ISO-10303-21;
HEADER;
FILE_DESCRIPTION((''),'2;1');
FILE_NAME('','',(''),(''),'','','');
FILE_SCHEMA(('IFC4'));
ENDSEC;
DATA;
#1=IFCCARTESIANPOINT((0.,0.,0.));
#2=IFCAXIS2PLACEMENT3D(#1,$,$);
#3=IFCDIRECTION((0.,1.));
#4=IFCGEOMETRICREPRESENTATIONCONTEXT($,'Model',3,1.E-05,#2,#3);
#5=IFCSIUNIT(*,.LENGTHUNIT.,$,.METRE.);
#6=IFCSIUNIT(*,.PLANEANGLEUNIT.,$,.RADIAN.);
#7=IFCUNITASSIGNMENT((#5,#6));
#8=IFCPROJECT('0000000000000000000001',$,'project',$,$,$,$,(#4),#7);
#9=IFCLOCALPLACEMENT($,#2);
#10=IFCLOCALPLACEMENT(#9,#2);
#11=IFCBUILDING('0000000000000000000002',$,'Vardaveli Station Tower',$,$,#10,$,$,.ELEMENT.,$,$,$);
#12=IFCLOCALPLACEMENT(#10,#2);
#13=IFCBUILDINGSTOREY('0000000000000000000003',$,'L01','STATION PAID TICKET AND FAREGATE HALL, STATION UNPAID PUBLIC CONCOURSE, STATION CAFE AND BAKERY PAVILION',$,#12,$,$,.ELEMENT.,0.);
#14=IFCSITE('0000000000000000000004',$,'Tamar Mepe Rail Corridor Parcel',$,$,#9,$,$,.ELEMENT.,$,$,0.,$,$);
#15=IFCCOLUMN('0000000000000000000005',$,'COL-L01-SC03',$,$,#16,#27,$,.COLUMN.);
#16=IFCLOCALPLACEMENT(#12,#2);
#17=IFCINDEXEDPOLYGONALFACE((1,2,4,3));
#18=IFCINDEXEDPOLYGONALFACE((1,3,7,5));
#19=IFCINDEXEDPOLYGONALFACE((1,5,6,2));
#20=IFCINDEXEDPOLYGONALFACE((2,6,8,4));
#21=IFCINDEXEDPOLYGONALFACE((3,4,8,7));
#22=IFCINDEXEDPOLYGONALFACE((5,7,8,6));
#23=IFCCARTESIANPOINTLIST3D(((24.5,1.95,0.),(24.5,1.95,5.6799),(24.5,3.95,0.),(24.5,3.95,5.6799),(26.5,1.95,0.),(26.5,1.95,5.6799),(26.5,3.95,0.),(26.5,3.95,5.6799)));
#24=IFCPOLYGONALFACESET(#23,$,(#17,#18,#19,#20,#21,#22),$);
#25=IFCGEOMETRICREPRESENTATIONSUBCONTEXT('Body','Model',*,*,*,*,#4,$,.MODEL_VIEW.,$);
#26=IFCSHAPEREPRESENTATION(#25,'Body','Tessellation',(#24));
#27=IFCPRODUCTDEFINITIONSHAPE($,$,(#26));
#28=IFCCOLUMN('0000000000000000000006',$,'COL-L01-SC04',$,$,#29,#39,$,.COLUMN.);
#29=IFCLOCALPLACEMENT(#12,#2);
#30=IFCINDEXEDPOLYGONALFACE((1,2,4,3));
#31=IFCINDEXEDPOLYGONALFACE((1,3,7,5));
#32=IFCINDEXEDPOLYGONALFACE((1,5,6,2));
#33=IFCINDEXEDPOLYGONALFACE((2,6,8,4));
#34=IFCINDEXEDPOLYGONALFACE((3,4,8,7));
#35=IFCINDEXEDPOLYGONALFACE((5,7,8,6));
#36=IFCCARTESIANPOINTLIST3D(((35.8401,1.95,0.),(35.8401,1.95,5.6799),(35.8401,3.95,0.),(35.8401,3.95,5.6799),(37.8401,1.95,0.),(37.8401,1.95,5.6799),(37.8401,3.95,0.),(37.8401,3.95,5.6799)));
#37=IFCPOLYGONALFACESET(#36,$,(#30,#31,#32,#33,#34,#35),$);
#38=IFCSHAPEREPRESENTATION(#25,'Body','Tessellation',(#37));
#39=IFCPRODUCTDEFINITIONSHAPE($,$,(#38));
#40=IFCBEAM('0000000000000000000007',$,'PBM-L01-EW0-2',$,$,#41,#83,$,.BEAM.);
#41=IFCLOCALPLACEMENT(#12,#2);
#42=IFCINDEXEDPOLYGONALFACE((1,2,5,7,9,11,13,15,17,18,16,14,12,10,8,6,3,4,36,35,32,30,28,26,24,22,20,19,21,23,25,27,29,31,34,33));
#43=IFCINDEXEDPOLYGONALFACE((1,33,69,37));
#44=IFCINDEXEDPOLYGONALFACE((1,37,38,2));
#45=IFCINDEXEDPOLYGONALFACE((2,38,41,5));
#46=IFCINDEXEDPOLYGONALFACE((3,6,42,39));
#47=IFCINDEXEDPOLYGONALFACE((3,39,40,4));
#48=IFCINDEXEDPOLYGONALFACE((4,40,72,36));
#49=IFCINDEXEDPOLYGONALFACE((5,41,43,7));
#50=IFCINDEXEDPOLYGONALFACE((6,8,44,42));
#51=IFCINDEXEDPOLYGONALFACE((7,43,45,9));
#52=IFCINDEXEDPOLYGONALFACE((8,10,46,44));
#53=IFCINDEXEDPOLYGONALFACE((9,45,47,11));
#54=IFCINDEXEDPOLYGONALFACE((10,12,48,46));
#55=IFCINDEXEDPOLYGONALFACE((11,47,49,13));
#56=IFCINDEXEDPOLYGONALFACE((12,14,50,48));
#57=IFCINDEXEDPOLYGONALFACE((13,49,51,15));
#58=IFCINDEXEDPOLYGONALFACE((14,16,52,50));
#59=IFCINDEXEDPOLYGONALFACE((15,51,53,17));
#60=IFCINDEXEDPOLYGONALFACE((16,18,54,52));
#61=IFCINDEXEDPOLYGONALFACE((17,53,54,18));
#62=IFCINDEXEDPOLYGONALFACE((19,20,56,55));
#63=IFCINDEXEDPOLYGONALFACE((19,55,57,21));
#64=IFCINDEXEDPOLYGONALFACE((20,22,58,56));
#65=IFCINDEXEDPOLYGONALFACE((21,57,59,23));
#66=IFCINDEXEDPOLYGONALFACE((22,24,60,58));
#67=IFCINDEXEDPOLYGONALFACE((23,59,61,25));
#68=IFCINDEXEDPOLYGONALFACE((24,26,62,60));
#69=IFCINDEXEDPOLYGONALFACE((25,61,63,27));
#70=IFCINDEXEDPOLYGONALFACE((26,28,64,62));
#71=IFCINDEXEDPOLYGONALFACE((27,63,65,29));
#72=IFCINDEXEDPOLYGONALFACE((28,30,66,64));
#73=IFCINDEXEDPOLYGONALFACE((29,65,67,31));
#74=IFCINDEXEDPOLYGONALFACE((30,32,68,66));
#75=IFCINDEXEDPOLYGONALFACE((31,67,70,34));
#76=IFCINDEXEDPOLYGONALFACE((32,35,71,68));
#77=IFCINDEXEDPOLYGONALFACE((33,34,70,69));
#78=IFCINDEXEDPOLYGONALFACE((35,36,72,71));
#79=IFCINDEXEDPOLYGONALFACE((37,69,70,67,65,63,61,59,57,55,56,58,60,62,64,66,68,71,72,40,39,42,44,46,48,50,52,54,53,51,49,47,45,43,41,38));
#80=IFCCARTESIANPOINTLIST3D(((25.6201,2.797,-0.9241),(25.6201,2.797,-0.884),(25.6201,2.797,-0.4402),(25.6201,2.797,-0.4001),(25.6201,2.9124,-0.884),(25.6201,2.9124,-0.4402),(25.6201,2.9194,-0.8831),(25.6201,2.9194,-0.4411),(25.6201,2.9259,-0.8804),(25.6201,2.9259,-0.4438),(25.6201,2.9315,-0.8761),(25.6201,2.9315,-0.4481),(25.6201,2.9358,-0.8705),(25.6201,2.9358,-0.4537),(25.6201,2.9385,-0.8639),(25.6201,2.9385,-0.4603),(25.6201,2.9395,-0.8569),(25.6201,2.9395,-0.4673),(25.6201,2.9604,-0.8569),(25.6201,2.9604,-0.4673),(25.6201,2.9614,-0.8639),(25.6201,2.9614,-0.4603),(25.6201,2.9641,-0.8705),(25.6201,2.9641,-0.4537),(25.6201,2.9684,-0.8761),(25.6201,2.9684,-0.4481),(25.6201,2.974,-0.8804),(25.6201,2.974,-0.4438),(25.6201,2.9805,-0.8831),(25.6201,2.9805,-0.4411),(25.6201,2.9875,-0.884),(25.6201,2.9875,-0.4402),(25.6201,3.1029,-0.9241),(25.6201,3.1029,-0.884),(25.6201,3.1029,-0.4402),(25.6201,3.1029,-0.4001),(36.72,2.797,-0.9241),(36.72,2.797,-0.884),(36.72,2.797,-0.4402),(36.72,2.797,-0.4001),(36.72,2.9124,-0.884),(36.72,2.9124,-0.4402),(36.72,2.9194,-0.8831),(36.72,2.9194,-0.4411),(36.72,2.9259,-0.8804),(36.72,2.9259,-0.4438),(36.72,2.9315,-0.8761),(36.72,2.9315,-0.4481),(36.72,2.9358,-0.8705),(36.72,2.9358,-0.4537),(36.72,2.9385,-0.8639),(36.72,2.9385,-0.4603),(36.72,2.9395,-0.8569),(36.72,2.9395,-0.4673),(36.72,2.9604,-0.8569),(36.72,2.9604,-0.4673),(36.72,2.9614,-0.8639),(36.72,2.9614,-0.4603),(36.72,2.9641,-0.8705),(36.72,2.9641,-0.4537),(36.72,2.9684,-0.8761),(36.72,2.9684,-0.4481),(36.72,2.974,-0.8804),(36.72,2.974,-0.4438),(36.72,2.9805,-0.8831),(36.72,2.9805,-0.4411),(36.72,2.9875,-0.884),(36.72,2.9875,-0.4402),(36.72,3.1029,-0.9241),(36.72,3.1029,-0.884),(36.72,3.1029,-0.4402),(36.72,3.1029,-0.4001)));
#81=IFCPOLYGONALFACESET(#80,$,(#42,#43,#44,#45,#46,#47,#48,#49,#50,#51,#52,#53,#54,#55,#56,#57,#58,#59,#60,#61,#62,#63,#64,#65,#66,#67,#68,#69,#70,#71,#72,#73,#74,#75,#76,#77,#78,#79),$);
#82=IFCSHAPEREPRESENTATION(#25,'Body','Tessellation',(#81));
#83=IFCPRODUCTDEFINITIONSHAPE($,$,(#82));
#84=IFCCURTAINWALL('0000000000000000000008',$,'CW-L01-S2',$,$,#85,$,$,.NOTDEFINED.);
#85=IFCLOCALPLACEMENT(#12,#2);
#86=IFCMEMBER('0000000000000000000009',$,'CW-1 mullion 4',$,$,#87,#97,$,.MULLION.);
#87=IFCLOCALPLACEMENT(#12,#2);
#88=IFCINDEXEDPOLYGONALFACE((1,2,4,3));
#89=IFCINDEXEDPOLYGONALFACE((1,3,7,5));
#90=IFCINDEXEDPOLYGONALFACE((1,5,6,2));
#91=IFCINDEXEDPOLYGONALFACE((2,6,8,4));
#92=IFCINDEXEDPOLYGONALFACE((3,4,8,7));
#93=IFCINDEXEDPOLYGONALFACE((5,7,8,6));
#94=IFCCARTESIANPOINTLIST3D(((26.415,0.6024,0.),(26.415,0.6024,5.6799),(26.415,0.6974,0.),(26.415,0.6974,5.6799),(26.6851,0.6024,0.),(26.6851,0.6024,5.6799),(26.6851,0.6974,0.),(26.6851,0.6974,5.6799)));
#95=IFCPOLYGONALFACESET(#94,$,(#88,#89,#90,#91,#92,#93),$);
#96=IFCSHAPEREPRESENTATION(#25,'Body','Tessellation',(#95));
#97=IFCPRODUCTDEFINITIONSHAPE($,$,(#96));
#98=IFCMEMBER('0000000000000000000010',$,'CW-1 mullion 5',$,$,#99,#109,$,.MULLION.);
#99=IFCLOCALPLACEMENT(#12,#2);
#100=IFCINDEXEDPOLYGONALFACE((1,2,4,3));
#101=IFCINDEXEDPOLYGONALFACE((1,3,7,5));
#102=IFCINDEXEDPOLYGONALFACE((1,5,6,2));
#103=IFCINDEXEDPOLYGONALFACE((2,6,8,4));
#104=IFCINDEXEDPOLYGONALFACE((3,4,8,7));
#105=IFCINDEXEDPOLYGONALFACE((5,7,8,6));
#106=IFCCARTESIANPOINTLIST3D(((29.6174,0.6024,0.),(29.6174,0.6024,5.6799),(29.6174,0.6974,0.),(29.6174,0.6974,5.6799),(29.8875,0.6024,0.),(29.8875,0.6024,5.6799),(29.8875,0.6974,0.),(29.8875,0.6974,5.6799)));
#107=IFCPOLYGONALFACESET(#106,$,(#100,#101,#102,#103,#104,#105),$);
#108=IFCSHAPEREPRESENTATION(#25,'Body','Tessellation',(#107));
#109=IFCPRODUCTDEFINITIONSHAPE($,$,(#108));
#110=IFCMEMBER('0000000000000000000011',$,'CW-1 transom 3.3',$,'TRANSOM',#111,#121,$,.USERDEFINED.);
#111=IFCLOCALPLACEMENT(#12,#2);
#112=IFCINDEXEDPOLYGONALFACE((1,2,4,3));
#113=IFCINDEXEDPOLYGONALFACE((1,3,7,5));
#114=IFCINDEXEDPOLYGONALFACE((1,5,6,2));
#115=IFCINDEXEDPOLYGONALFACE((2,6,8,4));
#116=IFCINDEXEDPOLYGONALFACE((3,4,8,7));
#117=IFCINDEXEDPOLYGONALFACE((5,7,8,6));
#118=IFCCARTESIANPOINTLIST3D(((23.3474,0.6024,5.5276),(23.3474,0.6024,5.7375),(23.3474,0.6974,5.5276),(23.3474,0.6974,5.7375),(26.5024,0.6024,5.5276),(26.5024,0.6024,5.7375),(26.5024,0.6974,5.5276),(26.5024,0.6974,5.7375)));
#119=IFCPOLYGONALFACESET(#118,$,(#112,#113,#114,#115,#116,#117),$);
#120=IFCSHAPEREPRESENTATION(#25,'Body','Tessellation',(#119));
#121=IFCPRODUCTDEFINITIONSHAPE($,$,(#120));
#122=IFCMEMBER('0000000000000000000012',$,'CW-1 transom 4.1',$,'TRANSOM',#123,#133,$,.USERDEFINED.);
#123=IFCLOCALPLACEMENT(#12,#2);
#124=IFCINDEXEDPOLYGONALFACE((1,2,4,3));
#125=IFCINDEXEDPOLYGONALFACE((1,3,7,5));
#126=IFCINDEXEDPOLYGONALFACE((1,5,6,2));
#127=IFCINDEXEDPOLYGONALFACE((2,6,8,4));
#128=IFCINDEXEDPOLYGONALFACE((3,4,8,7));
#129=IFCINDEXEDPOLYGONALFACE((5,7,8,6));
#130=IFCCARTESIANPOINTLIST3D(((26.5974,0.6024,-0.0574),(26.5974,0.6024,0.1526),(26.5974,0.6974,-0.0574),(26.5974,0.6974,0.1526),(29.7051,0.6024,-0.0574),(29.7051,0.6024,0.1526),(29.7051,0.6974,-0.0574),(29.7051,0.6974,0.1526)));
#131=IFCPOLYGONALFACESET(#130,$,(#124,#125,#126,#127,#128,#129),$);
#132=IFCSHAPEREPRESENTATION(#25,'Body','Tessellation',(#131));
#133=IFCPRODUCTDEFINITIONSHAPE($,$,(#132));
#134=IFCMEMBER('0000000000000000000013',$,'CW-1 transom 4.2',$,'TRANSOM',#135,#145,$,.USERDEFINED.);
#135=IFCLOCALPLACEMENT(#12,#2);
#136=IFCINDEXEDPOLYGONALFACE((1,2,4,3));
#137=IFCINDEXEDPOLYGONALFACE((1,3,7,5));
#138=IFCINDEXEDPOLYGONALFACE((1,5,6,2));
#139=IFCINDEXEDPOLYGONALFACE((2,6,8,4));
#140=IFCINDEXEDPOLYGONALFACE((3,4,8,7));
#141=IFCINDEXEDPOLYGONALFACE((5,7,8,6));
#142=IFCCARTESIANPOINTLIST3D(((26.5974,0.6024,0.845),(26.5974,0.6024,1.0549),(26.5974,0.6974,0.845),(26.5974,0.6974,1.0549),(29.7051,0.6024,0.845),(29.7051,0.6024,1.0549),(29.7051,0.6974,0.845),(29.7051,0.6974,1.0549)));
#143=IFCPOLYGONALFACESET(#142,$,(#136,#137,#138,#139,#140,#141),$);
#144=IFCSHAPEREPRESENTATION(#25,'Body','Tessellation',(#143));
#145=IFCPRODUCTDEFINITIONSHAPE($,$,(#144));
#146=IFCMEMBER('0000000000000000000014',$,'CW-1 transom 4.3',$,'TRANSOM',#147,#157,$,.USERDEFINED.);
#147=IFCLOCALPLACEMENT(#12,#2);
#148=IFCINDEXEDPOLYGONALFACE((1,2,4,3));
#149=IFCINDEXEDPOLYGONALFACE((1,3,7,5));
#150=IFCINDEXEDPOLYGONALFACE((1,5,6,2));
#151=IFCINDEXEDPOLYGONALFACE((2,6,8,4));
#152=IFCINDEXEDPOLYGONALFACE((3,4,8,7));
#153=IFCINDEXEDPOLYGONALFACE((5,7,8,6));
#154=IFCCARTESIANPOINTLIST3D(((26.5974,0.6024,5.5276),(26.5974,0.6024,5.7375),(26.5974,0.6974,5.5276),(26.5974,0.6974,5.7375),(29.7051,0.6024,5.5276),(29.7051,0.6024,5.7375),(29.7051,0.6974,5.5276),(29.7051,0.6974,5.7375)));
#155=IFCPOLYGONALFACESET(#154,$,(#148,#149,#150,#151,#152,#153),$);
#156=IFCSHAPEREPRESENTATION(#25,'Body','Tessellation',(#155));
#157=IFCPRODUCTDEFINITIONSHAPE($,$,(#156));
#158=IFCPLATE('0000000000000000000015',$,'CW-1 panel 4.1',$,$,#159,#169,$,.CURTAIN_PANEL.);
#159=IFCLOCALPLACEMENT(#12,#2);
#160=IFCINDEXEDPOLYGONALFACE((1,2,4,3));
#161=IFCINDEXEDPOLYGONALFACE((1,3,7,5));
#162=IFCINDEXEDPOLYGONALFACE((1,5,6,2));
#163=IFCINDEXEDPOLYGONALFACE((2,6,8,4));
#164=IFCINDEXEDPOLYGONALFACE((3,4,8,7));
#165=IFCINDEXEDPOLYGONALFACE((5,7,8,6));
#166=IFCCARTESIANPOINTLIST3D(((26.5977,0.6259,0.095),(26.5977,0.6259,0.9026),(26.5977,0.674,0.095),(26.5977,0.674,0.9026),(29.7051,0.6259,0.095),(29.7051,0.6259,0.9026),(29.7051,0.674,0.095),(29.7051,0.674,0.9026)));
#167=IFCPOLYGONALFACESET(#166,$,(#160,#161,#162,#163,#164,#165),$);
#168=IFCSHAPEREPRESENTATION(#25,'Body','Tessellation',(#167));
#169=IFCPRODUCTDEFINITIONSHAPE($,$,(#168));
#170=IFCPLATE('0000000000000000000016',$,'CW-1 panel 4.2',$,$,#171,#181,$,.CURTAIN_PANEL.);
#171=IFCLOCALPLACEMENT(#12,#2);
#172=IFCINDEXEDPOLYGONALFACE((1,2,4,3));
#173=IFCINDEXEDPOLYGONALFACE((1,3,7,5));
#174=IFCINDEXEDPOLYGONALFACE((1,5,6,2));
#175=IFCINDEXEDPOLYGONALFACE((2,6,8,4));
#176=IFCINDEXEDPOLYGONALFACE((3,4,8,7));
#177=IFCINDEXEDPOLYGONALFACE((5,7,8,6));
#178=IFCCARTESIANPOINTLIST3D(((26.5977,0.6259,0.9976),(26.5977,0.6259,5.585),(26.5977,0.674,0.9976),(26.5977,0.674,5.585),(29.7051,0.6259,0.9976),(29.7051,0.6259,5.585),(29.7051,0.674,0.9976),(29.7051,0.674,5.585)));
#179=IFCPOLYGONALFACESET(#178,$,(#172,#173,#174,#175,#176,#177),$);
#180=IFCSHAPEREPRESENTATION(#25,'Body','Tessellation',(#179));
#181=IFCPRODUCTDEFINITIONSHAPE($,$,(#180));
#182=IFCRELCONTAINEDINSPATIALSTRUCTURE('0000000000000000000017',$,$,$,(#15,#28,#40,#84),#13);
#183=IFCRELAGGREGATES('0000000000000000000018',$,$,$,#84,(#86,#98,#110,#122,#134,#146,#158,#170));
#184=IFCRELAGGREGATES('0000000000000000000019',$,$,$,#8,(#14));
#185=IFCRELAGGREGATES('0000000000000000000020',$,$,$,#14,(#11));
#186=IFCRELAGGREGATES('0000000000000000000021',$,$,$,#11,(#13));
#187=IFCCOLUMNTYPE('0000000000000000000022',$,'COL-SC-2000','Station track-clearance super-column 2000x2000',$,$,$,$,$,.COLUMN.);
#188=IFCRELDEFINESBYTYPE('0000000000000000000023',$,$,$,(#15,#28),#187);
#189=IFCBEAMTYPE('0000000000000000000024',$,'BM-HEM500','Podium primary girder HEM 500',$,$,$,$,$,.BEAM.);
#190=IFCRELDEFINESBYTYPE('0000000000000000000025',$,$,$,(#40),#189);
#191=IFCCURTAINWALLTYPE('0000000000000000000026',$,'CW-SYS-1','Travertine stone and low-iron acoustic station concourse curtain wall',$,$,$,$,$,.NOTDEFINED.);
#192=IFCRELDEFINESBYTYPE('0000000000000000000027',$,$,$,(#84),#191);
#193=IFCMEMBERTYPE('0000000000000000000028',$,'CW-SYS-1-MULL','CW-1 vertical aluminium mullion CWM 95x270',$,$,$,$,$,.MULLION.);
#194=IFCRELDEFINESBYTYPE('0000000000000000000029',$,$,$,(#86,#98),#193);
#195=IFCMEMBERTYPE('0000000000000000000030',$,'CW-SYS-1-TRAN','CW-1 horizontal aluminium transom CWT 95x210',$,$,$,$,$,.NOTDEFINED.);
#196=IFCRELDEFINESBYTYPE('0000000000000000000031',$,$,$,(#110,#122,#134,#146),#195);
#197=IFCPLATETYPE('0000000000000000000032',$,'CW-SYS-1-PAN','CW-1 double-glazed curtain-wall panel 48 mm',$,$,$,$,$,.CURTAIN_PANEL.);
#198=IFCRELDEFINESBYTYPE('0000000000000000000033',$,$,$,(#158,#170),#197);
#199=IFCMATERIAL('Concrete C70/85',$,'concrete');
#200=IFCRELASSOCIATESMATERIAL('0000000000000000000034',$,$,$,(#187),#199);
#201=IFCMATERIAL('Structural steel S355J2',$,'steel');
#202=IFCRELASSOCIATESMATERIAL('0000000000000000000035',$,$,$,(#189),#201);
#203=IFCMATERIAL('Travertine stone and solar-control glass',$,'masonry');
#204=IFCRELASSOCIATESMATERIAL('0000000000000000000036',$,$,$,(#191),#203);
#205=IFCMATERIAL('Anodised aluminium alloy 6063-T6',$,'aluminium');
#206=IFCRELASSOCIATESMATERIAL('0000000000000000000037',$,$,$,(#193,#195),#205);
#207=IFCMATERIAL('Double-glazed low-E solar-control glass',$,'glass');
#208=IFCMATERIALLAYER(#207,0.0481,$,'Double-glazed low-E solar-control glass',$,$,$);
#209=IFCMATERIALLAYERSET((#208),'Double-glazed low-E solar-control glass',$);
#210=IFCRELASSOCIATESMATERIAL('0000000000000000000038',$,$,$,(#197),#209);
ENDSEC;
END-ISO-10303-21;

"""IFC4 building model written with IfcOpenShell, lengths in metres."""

from ifc_helpers import new_model, si_unit, direction, frame, origin, origin_2d, place, context, subcontext, project, spatial, rectangle, i_section, extrude, source, transform, mapped, material, layer, layer_set, material_profile, profile_set, type_object, element, aggregate, save


model = new_model("IFC4")

# Units and contexts
model_context = context("Model", 3, precision=1e-05, world=origin(), true_north=direction((0.0, 1.0)))
body_context = subcontext(model_context, "Body", "Model", "MODEL_VIEW")
ifc_project = project(units=[si_unit("LENGTHUNIT", "METRE"), si_unit("PLANEANGLEUNIT", "RADIAN")], contexts=[model_context])

# Site, building, storey
site_placement = place(None, origin())
site = spatial("IfcSite", under=ifc_project, at=site_placement, Name="Tamar Mepe Rail Corridor Parcel", CompositionType="ELEMENT", RefElevation=0.0)
building_placement = place(site_placement, origin())
building = spatial("IfcBuilding", under=site, at=building_placement, Name="Vardaveli Station Tower", CompositionType="ELEMENT")
storey_placement = place(building_placement, origin())
storey = spatial("IfcBuildingStorey", under=building, at=storey_placement, Name="L01", Description="STATION PAID TICKET AND FAREGATE HALL, STATION UNPAID PUBLIC CONCOURSE, STATION CAFE AND BAKERY PAVILION", CompositionType="ELEMENT", Elevation=0.0)

# Columns
ifc_material_1 = material(Name="Concrete C70/85", Category="concrete")
ifc_material_profile_1 = material_profile(ifc_material_1, rectangle(XDim=2.0, YDim=2.0, at=origin_2d()), Name="SC 2000x2000")
ifc_profile_set_1 = profile_set([ifc_material_profile_1], Name="Concrete C70/85")
column_type = type_object("IfcColumnType", Name="COL-SC-2000", Description="Station track-clearance super-column 2000x2000", PredefinedType="COLUMN", material=ifc_profile_set_1)
shared_shape_1 = source(origin(), body_context, "Body", "SweptSolid", [
    extrude(rectangle(XDim=2.0, YDim=2.0, at=origin_2d()), origin(), (0.0, 0.0, 1.0), 5.6799),
])
for number, where, z_axis, x_axis, name in (
    (1, (25.5, 2.95, 0.0), (0.0, 0.0, 1.0), (1.0, 0.0, 0.0), "COL-L01-SC03"),
    (2, (36.8401, 2.95, 0.0), (0.0, 0.0, 1.0), (1.0, 0.0, 0.0), "COL-L01-SC04"),
):
    element("IfcColumn", number, at=place(storey_placement, frame(where, z_axis=z_axis, x_axis=x_axis)), inside=storey, type_object=column_type, Name=name, PredefinedType="COLUMN", context=body_context, shape_type="MappedRepresentation", body=[
        mapped(shared_shape_1, transform((0.0, 0.0, 0.0), scale=1.0)),
    ])

# Beam
ifc_material_2 = material(Name="Structural steel S355J2", Category="steel")
ifc_material_profile_2 = material_profile(ifc_material_2, i_section(OverallWidth=0.3059, OverallDepth=0.5239, WebThickness=0.021, FlangeThickness=0.04, FilletRadius=0.0271, at=origin_2d()), Name="HEM 500")
ifc_profile_set_2 = profile_set([ifc_material_profile_2], Name="Structural steel S355J2")
beam_type = type_object("IfcBeamType", Name="BM-HEM500", Description="Podium primary girder HEM 500", PredefinedType="BEAM", material=ifc_profile_set_2)
shared_shape_2 = source(origin(), body_context, "Body", "SweptSolid", [
    extrude(i_section(OverallWidth=0.3059, OverallDepth=0.5239, WebThickness=0.021, FlangeThickness=0.04, FilletRadius=0.0271, at=origin_2d()), origin(), (0.0, 0.0, 1.0), 11.0999),
])
beam_placement = place(storey_placement, frame((25.6201, 2.95, -0.6621), z_axis=(1.0, 0.0, 0.0), x_axis=(0.0, 1.0, 0.0)))
element("IfcBeam", 3, at=beam_placement, inside=storey, type_object=beam_type, Name="PBM-L01-EW0-2", PredefinedType="BEAM", context=body_context, shape_type="MappedRepresentation", body=[
    mapped(shared_shape_2, transform((0.0, 0.0, 0.0), scale=1.0)),
])

# Curtain wall, members, plates
ifc_material_3 = material(Name="Travertine stone and solar-control glass", Category="masonry")
curtain_wall_type = type_object("IfcCurtainWallType", Name="CW-SYS-1", Description="Travertine stone and low-iron acoustic station concourse curtain wall", PredefinedType="NOTDEFINED", material=ifc_material_3)
curtain_wall_placement = place(storey_placement, origin())
curtain_wall = element("IfcCurtainWall", 4, at=curtain_wall_placement, inside=storey, type_object=curtain_wall_type, Name="CW-L01-S2", PredefinedType="NOTDEFINED")
ifc_material_4 = material(Name="Anodised aluminium alloy 6063-T6", Category="aluminium")
ifc_material_profile_3 = material_profile(ifc_material_4, rectangle(XDim=0.095, YDim=0.27, at=origin_2d()), Name="CWM 95x270")
ifc_profile_set_3 = profile_set([ifc_material_profile_3], Name="Anodised aluminium alloy 6063-T6")
member_type_1 = type_object("IfcMemberType", Name="CW-SYS-1-MULL", Description="CW-1 vertical aluminium mullion CWM 95x270", PredefinedType="MULLION", material=ifc_profile_set_3)
shared_shape_3 = source(origin(), body_context, "Body", "SweptSolid", [
    extrude(rectangle(XDim=0.095, YDim=0.27, at=origin_2d()), origin(), (0.0, 0.0, 1.0), 5.6799),
])
member_1_placement = place(storey_placement, frame((26.55, 0.6499, 0.0), z_axis=(0.0, 0.0, 1.0), x_axis=(0.0, 1.0, 0.0)))
member_1 = element("IfcMember", 5, at=member_1_placement, type_object=member_type_1, Name="CW-1 mullion 4", PredefinedType="MULLION", context=body_context, shape_type="MappedRepresentation", body=[
    mapped(shared_shape_3, transform((0.0, 0.0, 0.0), scale=1.0)),
])
member_2_placement = place(storey_placement, frame((29.7524, 0.6499, 0.0), z_axis=(0.0, 0.0, 1.0), x_axis=(0.0, 1.0, 0.0)))
member_2 = element("IfcMember", 6, at=member_2_placement, type_object=member_type_1, Name="CW-1 mullion 5", PredefinedType="MULLION", context=body_context, shape_type="MappedRepresentation", body=[
    mapped(shared_shape_3, transform((0.0, 0.0, 0.0), scale=1.0)),
])
ifc_material_profile_4 = material_profile(ifc_material_4, rectangle(XDim=0.095, YDim=0.21, at=origin_2d()), Name="CWT 95x210")
ifc_profile_set_4 = profile_set([ifc_material_profile_4], Name="Anodised aluminium alloy 6063-T6")
member_type_2 = type_object("IfcMemberType", Name="CW-SYS-1-TRAN", Description="CW-1 horizontal aluminium transom CWT 95x210", PredefinedType="NOTDEFINED", material=ifc_profile_set_4)
shared_shape_4 = source(origin(), body_context, "Body", "SweptSolid", [
    extrude(rectangle(XDim=0.095, YDim=0.21, at=origin_2d()), origin(), (0.0, 0.0, 1.0), 3.155),
])
member_3_placement = place(storey_placement, frame((23.3474, 0.6499, 5.6326), z_axis=(1.0, 0.0, 0.0), x_axis=(0.0, 1.0, 0.0)))
member_3 = element("IfcMember", 7, at=member_3_placement, type_object=member_type_2, Name="CW-1 transom 3.3", ObjectType="TRANSOM", PredefinedType="USERDEFINED", context=body_context, shape_type="MappedRepresentation", body=[
    mapped(shared_shape_4, transform((0.0, 0.0, 0.0), scale=1.0)),
])
shared_shape_5 = source(origin(), body_context, "Body", "SweptSolid", [
    extrude(rectangle(XDim=0.095, YDim=0.21, at=origin_2d()), origin(), (0.0, 0.0, 1.0), 3.1077),
])
member_4_placement = place(storey_placement, frame((26.5974, 0.6499, 0.0476), z_axis=(1.0, 0.0, 0.0), x_axis=(0.0, 1.0, 0.0)))
member_4 = element("IfcMember", 8, at=member_4_placement, type_object=member_type_2, Name="CW-1 transom 4.1", ObjectType="TRANSOM", PredefinedType="USERDEFINED", context=body_context, shape_type="MappedRepresentation", body=[
    mapped(shared_shape_5, transform((0.0, 0.0, 0.0), scale=1.0)),
])
member_5_placement = place(storey_placement, frame((26.5974, 0.6499, 0.95), z_axis=(1.0, 0.0, 0.0), x_axis=(0.0, 1.0, 0.0)))
member_5 = element("IfcMember", 9, at=member_5_placement, type_object=member_type_2, Name="CW-1 transom 4.2", ObjectType="TRANSOM", PredefinedType="USERDEFINED", context=body_context, shape_type="MappedRepresentation", body=[
    mapped(shared_shape_5, transform((0.0, 0.0, 0.0), scale=1.0)),
])
member_6_placement = place(storey_placement, frame((26.5974, 0.6499, 5.6326), z_axis=(1.0, 0.0, 0.0), x_axis=(0.0, 1.0, 0.0)))
member_6 = element("IfcMember", 10, at=member_6_placement, type_object=member_type_2, Name="CW-1 transom 4.3", ObjectType="TRANSOM", PredefinedType="USERDEFINED", context=body_context, shape_type="MappedRepresentation", body=[
    mapped(shared_shape_5, transform((0.0, 0.0, 0.0), scale=1.0)),
])
ifc_material_5 = material(Name="Double-glazed low-E solar-control glass", Category="glass")
ifc_layer_1 = layer(ifc_material_5, 0.0481, Name="Double-glazed low-E solar-control glass")
ifc_layer_set_1 = layer_set([ifc_layer_1], Name="Double-glazed low-E solar-control glass")
plate_type = type_object("IfcPlateType", Name="CW-SYS-1-PAN", Description="CW-1 double-glazed curtain-wall panel 48 mm", PredefinedType="CURTAIN_PANEL", material=ifc_layer_set_1)
shared_shape_6 = source(origin(), body_context, "Body", "SweptSolid", [
    extrude(rectangle(XDim=3.1074, YDim=0.0481, at=origin_2d()), origin(), (0.0, 0.0, 1.0), 0.8076),
])
plate_1_placement = place(storey_placement, frame((28.1514, 0.6499, 0.095), z_axis=(0.0, 0.0, 1.0), x_axis=(1.0, 0.0, 0.0)))
plate_1 = element("IfcPlate", 11, at=plate_1_placement, type_object=plate_type, Name="CW-1 panel 4.1", PredefinedType="CURTAIN_PANEL", context=body_context, shape_type="MappedRepresentation", body=[
    mapped(shared_shape_6, transform((0.0, 0.0, 0.0), scale=1.0)),
])
shared_shape_7 = source(origin(), body_context, "Body", "SweptSolid", [
    extrude(rectangle(XDim=3.1074, YDim=0.0481, at=origin_2d()), origin(), (0.0, 0.0, 1.0), 4.5874),
])
plate_2_placement = place(storey_placement, frame((28.1514, 0.6499, 0.9976), z_axis=(0.0, 0.0, 1.0), x_axis=(1.0, 0.0, 0.0)))
plate_2 = element("IfcPlate", 12, at=plate_2_placement, type_object=plate_type, Name="CW-1 panel 4.2", PredefinedType="CURTAIN_PANEL", context=body_context, shape_type="MappedRepresentation", body=[
    mapped(shared_shape_7, transform((0.0, 0.0, 0.0), scale=1.0)),
])
aggregate(curtain_wall, [member_1, member_2, member_3, member_4, member_5, member_6, plate_1, plate_2])

save(model, "model.ifc")
